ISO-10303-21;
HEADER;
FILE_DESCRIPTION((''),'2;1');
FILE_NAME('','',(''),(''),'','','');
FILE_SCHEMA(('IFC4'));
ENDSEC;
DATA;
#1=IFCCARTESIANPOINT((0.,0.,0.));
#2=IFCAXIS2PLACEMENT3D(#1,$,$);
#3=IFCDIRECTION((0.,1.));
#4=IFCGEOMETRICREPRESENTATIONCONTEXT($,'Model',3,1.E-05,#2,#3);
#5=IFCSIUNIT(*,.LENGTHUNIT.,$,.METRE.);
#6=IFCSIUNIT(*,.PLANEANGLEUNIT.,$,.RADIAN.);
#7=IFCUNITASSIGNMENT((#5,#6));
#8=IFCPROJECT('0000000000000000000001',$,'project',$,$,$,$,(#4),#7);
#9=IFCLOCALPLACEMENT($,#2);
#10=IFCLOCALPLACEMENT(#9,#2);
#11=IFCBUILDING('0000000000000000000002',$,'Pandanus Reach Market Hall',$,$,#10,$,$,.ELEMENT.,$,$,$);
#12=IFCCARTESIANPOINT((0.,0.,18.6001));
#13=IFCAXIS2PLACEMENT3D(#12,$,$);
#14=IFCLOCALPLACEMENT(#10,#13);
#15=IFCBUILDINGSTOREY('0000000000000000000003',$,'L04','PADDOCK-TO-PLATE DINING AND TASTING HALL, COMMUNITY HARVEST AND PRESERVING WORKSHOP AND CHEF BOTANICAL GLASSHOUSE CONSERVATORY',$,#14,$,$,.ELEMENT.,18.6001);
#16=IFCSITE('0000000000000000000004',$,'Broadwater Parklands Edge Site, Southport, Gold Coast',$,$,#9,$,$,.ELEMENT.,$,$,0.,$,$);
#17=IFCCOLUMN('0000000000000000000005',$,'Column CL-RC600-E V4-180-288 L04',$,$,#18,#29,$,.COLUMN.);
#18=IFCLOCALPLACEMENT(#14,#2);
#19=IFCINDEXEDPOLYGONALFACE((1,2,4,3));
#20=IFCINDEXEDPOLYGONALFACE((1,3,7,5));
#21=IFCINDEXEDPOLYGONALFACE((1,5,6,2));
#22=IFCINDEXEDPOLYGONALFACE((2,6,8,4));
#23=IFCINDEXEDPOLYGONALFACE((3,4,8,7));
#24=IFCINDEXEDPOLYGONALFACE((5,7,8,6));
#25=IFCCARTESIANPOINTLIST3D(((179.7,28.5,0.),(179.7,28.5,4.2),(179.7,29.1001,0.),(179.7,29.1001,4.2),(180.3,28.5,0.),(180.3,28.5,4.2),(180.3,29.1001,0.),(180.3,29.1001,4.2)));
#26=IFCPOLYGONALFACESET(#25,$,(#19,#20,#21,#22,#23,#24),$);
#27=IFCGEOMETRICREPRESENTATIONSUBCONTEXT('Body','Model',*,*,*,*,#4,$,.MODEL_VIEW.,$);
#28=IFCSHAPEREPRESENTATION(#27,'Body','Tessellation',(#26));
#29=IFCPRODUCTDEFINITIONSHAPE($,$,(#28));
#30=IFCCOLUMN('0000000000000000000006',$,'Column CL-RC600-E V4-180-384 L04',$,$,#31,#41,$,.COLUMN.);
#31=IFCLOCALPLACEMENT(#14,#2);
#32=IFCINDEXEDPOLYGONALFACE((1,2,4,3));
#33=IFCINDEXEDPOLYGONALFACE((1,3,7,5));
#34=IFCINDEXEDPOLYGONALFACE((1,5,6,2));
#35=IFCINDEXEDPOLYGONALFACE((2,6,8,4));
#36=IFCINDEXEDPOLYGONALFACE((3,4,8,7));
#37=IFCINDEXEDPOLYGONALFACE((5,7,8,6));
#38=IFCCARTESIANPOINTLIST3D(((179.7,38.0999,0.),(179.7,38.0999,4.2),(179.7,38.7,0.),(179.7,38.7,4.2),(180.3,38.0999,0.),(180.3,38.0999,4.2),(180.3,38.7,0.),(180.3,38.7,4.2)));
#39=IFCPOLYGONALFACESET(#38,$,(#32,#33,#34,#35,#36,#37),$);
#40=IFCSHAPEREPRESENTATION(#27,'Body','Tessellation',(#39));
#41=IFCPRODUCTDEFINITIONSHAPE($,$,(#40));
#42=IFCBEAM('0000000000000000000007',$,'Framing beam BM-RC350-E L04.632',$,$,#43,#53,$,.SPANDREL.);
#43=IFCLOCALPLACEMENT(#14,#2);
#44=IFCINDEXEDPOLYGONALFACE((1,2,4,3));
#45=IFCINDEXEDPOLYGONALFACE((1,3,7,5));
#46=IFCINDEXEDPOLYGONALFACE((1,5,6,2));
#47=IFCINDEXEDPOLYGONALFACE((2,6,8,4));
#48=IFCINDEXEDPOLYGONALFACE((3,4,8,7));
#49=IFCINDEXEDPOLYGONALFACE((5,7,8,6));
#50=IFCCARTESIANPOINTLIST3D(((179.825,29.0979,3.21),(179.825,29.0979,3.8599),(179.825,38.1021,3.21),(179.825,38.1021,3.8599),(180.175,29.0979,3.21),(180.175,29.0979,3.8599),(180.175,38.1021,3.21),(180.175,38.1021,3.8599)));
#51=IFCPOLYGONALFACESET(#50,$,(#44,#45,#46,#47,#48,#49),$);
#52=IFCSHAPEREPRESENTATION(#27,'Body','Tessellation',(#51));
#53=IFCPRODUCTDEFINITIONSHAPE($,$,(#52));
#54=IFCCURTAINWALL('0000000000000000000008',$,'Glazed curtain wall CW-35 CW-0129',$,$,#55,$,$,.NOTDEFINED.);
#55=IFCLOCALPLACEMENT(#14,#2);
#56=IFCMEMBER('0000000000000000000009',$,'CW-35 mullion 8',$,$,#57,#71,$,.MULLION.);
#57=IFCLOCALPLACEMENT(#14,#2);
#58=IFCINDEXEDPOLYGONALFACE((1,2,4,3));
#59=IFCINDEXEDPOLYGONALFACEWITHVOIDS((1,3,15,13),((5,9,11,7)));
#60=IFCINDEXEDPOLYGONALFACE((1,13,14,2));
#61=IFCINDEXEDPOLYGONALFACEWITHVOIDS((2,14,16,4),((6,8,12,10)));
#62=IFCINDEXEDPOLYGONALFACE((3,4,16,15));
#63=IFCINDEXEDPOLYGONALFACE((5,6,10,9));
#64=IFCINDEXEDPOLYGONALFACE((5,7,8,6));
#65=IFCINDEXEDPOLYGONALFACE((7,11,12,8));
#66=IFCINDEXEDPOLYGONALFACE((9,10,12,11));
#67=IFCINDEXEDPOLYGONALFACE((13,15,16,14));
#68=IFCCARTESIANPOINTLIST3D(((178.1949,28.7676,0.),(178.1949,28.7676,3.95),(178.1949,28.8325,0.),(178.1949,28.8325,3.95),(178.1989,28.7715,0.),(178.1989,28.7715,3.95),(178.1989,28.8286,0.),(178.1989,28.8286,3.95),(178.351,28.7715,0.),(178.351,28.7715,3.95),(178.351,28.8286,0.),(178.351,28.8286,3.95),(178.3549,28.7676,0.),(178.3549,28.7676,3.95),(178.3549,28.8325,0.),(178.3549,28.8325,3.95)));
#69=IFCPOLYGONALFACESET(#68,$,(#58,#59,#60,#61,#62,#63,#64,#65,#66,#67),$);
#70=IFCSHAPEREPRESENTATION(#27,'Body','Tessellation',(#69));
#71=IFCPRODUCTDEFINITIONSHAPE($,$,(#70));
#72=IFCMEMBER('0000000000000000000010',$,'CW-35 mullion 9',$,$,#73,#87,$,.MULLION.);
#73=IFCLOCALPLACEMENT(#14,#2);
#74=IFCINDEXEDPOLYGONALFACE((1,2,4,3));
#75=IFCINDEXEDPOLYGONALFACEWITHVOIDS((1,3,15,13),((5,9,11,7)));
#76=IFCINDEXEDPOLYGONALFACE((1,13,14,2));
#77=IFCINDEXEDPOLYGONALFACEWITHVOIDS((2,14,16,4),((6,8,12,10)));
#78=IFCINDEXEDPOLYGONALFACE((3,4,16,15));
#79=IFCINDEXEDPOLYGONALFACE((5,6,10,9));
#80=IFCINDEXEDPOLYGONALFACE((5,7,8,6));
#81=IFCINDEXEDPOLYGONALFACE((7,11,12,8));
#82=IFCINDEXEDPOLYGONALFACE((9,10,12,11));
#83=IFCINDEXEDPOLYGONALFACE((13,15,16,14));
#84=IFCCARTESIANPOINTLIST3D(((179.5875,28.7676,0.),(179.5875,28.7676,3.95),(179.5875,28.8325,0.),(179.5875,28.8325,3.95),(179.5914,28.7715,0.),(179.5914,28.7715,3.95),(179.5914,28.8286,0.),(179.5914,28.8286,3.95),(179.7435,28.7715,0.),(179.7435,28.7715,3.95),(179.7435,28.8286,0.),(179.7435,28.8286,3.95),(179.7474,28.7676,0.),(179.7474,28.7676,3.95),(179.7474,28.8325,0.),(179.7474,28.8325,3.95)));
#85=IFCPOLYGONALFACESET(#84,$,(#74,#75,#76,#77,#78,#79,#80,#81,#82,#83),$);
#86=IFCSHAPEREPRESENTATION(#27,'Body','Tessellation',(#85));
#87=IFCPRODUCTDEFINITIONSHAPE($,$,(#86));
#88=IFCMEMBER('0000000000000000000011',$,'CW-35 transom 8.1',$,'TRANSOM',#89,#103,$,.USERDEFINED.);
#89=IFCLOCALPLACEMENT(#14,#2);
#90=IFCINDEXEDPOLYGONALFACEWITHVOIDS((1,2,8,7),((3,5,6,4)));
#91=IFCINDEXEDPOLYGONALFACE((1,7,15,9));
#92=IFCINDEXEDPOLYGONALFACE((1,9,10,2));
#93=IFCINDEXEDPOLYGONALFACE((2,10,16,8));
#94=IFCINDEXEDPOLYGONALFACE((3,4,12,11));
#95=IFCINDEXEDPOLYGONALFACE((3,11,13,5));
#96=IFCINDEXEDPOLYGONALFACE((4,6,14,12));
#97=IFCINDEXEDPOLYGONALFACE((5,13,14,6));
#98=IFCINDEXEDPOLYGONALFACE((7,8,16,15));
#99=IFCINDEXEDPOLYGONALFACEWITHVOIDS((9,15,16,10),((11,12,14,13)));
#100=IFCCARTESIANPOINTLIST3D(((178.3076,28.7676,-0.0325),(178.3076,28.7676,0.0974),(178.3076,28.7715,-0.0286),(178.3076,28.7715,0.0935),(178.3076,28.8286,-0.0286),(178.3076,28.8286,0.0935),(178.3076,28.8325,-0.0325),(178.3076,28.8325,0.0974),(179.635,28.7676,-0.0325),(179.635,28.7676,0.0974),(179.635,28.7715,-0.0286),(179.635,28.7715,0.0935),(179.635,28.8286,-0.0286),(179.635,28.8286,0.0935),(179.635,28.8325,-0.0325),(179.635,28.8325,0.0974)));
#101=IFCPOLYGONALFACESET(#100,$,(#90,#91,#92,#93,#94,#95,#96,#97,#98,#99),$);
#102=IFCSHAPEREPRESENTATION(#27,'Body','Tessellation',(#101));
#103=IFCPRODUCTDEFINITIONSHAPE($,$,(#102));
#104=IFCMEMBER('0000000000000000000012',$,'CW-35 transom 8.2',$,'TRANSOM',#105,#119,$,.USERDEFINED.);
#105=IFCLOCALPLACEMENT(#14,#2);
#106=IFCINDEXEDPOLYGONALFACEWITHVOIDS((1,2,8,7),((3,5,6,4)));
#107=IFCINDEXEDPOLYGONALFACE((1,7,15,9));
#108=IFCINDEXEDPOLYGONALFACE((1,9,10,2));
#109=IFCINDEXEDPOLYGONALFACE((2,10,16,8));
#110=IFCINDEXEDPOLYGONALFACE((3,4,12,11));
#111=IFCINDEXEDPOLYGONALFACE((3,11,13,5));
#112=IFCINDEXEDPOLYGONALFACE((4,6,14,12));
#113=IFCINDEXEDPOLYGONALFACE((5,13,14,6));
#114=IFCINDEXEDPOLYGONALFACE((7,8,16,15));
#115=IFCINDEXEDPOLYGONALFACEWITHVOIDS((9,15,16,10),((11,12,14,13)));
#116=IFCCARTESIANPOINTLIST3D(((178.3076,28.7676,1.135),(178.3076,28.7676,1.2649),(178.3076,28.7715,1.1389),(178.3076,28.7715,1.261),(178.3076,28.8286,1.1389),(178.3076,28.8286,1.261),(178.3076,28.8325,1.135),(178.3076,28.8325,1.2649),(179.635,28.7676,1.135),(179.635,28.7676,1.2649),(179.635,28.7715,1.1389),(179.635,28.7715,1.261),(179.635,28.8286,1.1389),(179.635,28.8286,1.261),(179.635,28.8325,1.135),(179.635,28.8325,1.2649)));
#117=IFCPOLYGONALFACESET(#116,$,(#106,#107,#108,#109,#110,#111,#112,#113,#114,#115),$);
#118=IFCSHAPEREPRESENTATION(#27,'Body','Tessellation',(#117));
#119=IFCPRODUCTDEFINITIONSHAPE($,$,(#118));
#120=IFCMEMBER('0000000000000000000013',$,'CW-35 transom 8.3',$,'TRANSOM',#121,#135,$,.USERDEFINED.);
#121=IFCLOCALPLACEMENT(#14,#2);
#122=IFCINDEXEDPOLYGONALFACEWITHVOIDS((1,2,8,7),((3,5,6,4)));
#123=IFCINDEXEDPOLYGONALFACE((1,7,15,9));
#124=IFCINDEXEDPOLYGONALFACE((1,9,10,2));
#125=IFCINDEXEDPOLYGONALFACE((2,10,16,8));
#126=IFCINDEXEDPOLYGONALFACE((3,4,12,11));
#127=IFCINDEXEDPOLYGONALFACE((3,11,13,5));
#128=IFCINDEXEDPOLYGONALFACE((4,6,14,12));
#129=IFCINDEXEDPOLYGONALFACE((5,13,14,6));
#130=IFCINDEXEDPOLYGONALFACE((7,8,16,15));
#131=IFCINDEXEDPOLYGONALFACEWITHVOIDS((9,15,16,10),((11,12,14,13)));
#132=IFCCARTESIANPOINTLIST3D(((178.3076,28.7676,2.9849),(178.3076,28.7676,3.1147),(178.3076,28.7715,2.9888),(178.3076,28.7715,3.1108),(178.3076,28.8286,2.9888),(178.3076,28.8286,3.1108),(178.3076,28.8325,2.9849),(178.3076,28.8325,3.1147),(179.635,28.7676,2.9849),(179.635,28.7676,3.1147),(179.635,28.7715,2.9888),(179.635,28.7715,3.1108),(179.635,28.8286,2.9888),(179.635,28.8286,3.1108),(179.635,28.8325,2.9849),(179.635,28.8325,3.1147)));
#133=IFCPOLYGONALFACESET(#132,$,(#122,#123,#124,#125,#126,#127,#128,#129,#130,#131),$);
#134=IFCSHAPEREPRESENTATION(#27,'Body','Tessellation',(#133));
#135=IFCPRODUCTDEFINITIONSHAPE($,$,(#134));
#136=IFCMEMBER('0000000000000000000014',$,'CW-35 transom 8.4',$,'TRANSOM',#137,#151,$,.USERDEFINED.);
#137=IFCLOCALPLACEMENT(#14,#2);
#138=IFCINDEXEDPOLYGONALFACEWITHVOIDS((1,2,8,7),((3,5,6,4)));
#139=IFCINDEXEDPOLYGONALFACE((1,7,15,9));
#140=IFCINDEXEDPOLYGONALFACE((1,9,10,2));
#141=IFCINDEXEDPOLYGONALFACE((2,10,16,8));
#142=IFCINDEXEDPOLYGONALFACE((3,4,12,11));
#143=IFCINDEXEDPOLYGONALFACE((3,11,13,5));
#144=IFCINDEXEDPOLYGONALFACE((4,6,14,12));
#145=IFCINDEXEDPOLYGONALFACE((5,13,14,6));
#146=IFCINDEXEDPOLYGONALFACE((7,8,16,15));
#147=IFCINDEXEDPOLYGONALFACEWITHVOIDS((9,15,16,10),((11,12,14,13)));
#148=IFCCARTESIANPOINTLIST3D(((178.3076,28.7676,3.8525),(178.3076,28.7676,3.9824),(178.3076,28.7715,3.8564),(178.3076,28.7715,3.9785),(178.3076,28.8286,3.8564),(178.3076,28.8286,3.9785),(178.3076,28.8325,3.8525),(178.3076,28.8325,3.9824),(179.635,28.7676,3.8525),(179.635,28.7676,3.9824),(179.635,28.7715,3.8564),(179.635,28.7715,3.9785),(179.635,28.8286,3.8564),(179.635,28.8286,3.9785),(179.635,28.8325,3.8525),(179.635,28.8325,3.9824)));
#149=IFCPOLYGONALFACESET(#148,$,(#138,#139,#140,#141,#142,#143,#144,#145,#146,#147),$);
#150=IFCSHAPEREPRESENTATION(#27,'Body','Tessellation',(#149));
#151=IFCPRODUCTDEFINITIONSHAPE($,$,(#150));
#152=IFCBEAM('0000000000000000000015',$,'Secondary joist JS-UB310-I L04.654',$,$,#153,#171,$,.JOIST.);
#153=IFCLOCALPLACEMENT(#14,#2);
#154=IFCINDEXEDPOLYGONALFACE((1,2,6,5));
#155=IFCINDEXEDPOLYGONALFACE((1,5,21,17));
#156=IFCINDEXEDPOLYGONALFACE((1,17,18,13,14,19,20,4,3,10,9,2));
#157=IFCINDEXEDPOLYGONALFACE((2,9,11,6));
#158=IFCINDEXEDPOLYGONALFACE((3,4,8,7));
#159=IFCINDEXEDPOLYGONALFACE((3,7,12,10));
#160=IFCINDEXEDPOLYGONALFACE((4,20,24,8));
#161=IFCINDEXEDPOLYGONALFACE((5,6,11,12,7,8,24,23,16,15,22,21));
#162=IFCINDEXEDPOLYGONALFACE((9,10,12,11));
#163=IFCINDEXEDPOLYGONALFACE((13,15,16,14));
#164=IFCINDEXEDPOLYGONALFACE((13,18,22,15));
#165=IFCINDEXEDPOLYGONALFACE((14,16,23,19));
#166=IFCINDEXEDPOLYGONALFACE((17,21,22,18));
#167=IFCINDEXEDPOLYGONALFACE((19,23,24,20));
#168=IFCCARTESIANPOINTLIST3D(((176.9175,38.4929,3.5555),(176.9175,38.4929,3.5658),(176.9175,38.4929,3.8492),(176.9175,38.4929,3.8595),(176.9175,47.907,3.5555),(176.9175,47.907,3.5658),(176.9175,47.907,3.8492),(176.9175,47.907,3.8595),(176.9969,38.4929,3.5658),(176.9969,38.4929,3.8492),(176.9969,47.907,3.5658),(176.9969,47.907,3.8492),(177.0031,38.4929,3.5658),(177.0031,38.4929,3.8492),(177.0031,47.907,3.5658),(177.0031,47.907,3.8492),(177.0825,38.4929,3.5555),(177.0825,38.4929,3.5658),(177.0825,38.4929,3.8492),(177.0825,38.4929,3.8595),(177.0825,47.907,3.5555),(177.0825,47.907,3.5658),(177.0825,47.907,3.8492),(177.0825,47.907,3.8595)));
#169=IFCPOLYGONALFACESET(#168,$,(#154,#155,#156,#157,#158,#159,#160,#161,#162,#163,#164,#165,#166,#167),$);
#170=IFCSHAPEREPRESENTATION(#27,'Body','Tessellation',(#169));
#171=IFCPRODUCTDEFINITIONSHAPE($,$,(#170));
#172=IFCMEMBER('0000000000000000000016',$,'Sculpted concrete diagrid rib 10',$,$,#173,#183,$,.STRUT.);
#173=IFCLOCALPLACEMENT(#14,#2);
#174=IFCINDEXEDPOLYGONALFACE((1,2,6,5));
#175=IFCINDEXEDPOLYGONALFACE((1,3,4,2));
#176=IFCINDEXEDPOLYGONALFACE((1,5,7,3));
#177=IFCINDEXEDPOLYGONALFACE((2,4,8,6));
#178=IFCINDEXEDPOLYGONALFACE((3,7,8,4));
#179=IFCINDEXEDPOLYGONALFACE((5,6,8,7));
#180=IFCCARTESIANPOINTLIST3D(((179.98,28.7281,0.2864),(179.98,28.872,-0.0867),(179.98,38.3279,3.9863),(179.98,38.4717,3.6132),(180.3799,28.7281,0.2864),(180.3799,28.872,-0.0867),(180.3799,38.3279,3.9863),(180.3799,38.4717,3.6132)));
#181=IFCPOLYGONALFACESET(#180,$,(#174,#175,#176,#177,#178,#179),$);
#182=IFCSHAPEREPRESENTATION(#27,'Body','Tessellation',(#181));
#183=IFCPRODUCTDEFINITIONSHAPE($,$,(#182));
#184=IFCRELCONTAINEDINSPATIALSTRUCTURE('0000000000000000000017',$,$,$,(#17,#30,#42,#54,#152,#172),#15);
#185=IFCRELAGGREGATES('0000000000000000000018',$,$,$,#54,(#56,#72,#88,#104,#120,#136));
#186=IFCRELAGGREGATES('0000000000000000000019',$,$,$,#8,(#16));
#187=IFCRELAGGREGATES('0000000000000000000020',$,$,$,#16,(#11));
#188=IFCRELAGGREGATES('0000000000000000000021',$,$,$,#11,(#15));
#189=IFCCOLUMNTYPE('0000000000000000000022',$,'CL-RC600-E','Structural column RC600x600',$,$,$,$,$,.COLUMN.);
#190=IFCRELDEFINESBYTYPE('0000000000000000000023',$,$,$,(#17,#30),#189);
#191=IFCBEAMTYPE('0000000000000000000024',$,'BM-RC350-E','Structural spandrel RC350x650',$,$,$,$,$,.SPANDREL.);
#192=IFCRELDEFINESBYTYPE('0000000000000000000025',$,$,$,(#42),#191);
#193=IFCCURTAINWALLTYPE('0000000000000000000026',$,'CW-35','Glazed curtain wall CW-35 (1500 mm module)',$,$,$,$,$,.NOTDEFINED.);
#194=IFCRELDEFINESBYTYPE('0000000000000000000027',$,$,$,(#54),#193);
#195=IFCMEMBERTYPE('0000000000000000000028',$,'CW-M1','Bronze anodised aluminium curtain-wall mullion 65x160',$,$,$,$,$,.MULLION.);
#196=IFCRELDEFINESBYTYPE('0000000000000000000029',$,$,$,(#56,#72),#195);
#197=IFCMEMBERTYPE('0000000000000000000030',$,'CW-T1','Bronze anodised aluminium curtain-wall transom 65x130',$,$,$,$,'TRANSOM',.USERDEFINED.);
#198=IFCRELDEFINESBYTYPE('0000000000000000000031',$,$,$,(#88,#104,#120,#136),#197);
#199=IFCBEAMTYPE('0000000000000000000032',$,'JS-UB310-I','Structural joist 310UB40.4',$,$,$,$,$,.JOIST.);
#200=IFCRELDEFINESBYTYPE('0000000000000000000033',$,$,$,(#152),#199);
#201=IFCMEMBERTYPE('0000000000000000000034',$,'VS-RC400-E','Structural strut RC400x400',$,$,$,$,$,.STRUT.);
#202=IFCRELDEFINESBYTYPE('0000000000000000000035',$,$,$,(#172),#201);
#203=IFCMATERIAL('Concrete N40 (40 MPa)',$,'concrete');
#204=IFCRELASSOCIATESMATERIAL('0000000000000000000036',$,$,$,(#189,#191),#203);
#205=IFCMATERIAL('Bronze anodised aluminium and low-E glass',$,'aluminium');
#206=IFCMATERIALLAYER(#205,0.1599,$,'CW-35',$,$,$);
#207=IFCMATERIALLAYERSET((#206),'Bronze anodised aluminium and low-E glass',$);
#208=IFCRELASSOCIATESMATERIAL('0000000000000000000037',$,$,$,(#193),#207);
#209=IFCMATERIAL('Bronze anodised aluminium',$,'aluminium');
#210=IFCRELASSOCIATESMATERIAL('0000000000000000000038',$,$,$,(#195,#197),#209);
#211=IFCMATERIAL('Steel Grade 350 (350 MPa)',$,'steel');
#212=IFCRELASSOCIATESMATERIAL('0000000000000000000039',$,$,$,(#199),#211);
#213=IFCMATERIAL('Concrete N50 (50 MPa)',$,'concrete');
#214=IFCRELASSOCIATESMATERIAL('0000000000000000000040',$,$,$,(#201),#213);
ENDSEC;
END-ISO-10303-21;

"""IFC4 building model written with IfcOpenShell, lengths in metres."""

from ifc_helpers import new_model, si_unit, direction, frame, origin, origin_2d, place, context, subcontext, project, spatial, rectangle, hollow_rectangle, i_section, extrude, material, layer, layer_set, material_profile, profile_set, type_object, element, aggregate, save


model = new_model("IFC4")

# Units and contexts
model_context = context("Model", 3, precision=1e-05, world=origin(), true_north=direction((0.0, 1.0)))
body_context = subcontext(model_context, "Body", "Model", "MODEL_VIEW")
ifc_project = project(units=[si_unit("LENGTHUNIT", "METRE"), si_unit("PLANEANGLEUNIT", "RADIAN")], contexts=[model_context])

# Site, building, storey
site_placement = place(None, origin())
site = spatial("IfcSite", under=ifc_project, at=site_placement, Name="Broadwater Parklands Edge Site, Southport, Gold Coast", CompositionType="ELEMENT", RefElevation=0.0)
building_placement = place(site_placement, origin())
building = spatial("IfcBuilding", under=site, at=building_placement, Name="Pandanus Reach Market Hall", CompositionType="ELEMENT")
storey_placement = place(building_placement, frame((0.0, 0.0, 18.6001)))
storey = spatial("IfcBuildingStorey", under=building, at=storey_placement, Name="L04", Description="PADDOCK-TO-PLATE DINING AND TASTING HALL, COMMUNITY HARVEST AND PRESERVING WORKSHOP AND CHEF BOTANICAL GLASSHOUSE CONSERVATORY", CompositionType="ELEMENT", Elevation=18.6001)

# Columns
ifc_material_1 = material(Name="Concrete N40 (40 MPa)", Category="concrete")
ifc_material_profile_1 = material_profile(ifc_material_1, rectangle(XDim=0.6001, YDim=0.6001, at=origin_2d()), Name="RC600x600", Category="LoadBearing")
ifc_profile_set_1 = profile_set([ifc_material_profile_1], Name="Concrete N40 (40 MPa)")
column_type = type_object("IfcColumnType", Name="CL-RC600-E", Description="Structural column RC600x600", PredefinedType="COLUMN", material=ifc_profile_set_1)
for number, where, z_axis, x_axis, name in (
    (1, (180.0, 28.8, 0.0), (0.0, 0.0, 1.0), (1.0, 0.0, 0.0), "Column CL-RC600-E V4-180-288 L04"),
    (2, (180.0, 38.3999, 0.0), (0.0, 0.0, 1.0), (1.0, 0.0, 0.0), "Column CL-RC600-E V4-180-384 L04"),
):
    element("IfcColumn", number, at=place(storey_placement, frame(where, z_axis=z_axis, x_axis=x_axis)), inside=storey, type_object=column_type, Name=name, PredefinedType="COLUMN", context=body_context, shape_type="SweptSolid", body=[
        extrude(rectangle(XDim=0.6001, YDim=0.6001, at=origin_2d()), origin(), (0.0, 0.0, 1.0), 4.2),
    ])

# Beam
ifc_material_profile_2 = material_profile(ifc_material_1, rectangle(XDim=0.3501, YDim=0.6499, at=origin_2d()), Name="RC350x650", Category="LoadBearing")
ifc_profile_set_2 = profile_set([ifc_material_profile_2], Name="Concrete N40 (40 MPa)")
beam_type_1 = type_object("IfcBeamType", Name="BM-RC350-E", Description="Structural spandrel RC350x650", PredefinedType="SPANDREL", material=ifc_profile_set_2)
beam_1_placement = place(storey_placement, frame((180.0, 29.0979, 3.5349), z_axis=(0.0, 1.0, 0.0), x_axis=(-1.0, 0.0, 0.0)))
element("IfcBeam", 3, at=beam_1_placement, inside=storey, type_object=beam_type_1, Name="Framing beam BM-RC350-E L04.632", PredefinedType="SPANDREL", context=body_context, shape_type="SweptSolid", body=[
    extrude(rectangle(XDim=0.3501, YDim=0.6499, at=origin_2d()), origin(), (0.0, 0.0, 1.0), 9.0042),
])

# Curtain wall, members
ifc_material_2 = material(Name="Bronze anodised aluminium and low-E glass", Category="aluminium")
ifc_layer_1 = layer(ifc_material_2, 0.1599, Name="CW-35")
ifc_layer_set_1 = layer_set([ifc_layer_1], Name="Bronze anodised aluminium and low-E glass")
curtain_wall_type = type_object("IfcCurtainWallType", Name="CW-35", Description="Glazed curtain wall CW-35 (1500 mm module)", PredefinedType="NOTDEFINED", material=ifc_layer_set_1)
curtain_wall_placement = place(storey_placement, origin())
curtain_wall = element("IfcCurtainWall", 4, at=curtain_wall_placement, inside=storey, type_object=curtain_wall_type, Name="Glazed curtain wall CW-35 CW-0129", PredefinedType="NOTDEFINED")
ifc_material_3 = material(Name="Bronze anodised aluminium", Category="aluminium")
ifc_material_profile_3 = material_profile(ifc_material_3, hollow_rectangle(XDim=0.0649, YDim=0.1599, WallThickness=0.0039, at=origin_2d()), Name="ALU65x160", Category="LoadBearing")
ifc_profile_set_3 = profile_set([ifc_material_profile_3], Name="Bronze anodised aluminium")
member_type_1 = type_object("IfcMemberType", Name="CW-M1", Description="Bronze anodised aluminium curtain-wall mullion 65x160", PredefinedType="MULLION", material=ifc_profile_set_3)
member_1_placement = place(storey_placement, frame((178.2749, 28.8, 0.0), z_axis=(0.0, 0.0, 1.0), x_axis=(0.0, 1.0, 0.0)))
member_1 = element("IfcMember", 5, at=member_1_placement, type_object=member_type_1, Name="CW-35 mullion 8", PredefinedType="MULLION", context=body_context, shape_type="SweptSolid", body=[
    extrude(hollow_rectangle(XDim=0.0649, YDim=0.1599, WallThickness=0.0039, at=origin_2d()), origin(), (0.0, 0.0, 1.0), 3.95),
])
member_2_placement = place(storey_placement, frame((179.6675, 28.8, 0.0), z_axis=(0.0, 0.0, 1.0), x_axis=(0.0, 1.0, 0.0)))
member_2 = element("IfcMember", 6, at=member_2_placement, type_object=member_type_1, Name="CW-35 mullion 9", PredefinedType="MULLION", context=body_context, shape_type="SweptSolid", body=[
    extrude(hollow_rectangle(XDim=0.0649, YDim=0.1599, WallThickness=0.0039, at=origin_2d()), origin(), (0.0, 0.0, 1.0), 3.95),
])
ifc_material_profile_4 = material_profile(ifc_material_3, hollow_rectangle(XDim=0.0649, YDim=0.1299, WallThickness=0.0039, at=origin_2d()), Name="ALU65x130", Category="LoadBearing")
ifc_profile_set_4 = profile_set([ifc_material_profile_4], Name="Bronze anodised aluminium")
member_type_2 = type_object("IfcMemberType", Name="CW-T1", Description="Bronze anodised aluminium curtain-wall transom 65x130", ElementType="TRANSOM", PredefinedType="USERDEFINED", material=ifc_profile_set_4)
member_3_placement = place(storey_placement, frame((178.3076, 28.8, 0.0325), z_axis=(1.0, 0.0, 0.0), x_axis=(0.0, 1.0, 0.0)))
member_3 = element("IfcMember", 7, at=member_3_placement, type_object=member_type_2, Name="CW-35 transom 8.1", ObjectType="TRANSOM", PredefinedType="USERDEFINED", context=body_context, shape_type="SweptSolid", body=[
    extrude(hollow_rectangle(XDim=0.0649, YDim=0.1299, WallThickness=0.0039, at=origin_2d()), origin(), (0.0, 0.0, 1.0), 1.3274),
])
member_4_placement = place(storey_placement, frame((178.3076, 28.8, 1.2), z_axis=(1.0, 0.0, 0.0), x_axis=(0.0, 1.0, 0.0)))
member_4 = element("IfcMember", 8, at=member_4_placement, type_object=member_type_2, Name="CW-35 transom 8.2", ObjectType="TRANSOM", PredefinedType="USERDEFINED", context=body_context, shape_type="SweptSolid", body=[
    extrude(hollow_rectangle(XDim=0.0649, YDim=0.1299, WallThickness=0.0039, at=origin_2d()), origin(), (0.0, 0.0, 1.0), 1.3274),
])
member_5_placement = place(storey_placement, frame((178.3076, 28.8, 3.0498), z_axis=(1.0, 0.0, 0.0), x_axis=(0.0, 1.0, 0.0)))
member_5 = element("IfcMember", 9, at=member_5_placement, type_object=member_type_2, Name="CW-35 transom 8.3", ObjectType="TRANSOM", PredefinedType="USERDEFINED", context=body_context, shape_type="SweptSolid", body=[
    extrude(hollow_rectangle(XDim=0.0649, YDim=0.1299, WallThickness=0.0039, at=origin_2d()), origin(), (0.0, 0.0, 1.0), 1.3274),
])
member_6_placement = place(storey_placement, frame((178.3076, 28.8, 3.9175), z_axis=(1.0, 0.0, 0.0), x_axis=(0.0, 1.0, 0.0)))
member_6 = element("IfcMember", 10, at=member_6_placement, type_object=member_type_2, Name="CW-35 transom 8.4", ObjectType="TRANSOM", PredefinedType="USERDEFINED", context=body_context, shape_type="SweptSolid", body=[
    extrude(hollow_rectangle(XDim=0.0649, YDim=0.1299, WallThickness=0.0039, at=origin_2d()), origin(), (0.0, 0.0, 1.0), 1.3274),
])

# Beam
ifc_material_4 = material(Name="Steel Grade 350 (350 MPa)", Category="steel")
ifc_material_profile_5 = material_profile(ifc_material_4, i_section(OverallWidth=0.165, OverallDepth=0.304, WebThickness=0.0061, FlangeThickness=0.0103, at=origin_2d()), Name="310UB40.4", Category="LoadBearing")
ifc_profile_set_5 = profile_set([ifc_material_profile_5], Name="Steel Grade 350 (350 MPa)")
beam_type_2 = type_object("IfcBeamType", Name="JS-UB310-I", Description="Structural joist 310UB40.4", PredefinedType="JOIST", material=ifc_profile_set_5)
beam_2_placement = place(storey_placement, frame((177.0, 38.4929, 3.7075), z_axis=(0.0, 1.0, 0.0), x_axis=(-1.0, 0.0, 0.0)))
element("IfcBeam", 11, at=beam_2_placement, inside=storey, type_object=beam_type_2, Name="Secondary joist JS-UB310-I L04.654", PredefinedType="JOIST", context=body_context, shape_type="SweptSolid", body=[
    extrude(i_section(OverallWidth=0.165, OverallDepth=0.304, WebThickness=0.0061, FlangeThickness=0.0103, at=origin_2d()), origin(), (0.0, 0.0, 1.0), 9.4141),
])

# Member
ifc_material_5 = material(Name="Concrete N50 (50 MPa)", Category="concrete")
ifc_material_profile_6 = material_profile(ifc_material_5, rectangle(XDim=0.3999, YDim=0.3999, at=origin_2d()), Name="RC400x400", Category="LoadBearing")
ifc_profile_set_6 = profile_set([ifc_material_profile_6], Name="Concrete N50 (50 MPa)")
member_type_3 = type_object("IfcMemberType", Name="VS-RC400-E", Description="Structural strut RC400x400", PredefinedType="STRUT", material=ifc_profile_set_6)
member_7_placement = place(storey_placement, frame((180.1799, 28.8, 0.0999), z_axis=(0.0, 0.933095, 0.359631), x_axis=(-1.0, 0.0, 0.0)))
element("IfcMember", 12, at=member_7_placement, inside=storey, type_object=member_type_3, Name="Sculpted concrete diagrid rib 10", PredefinedType="STRUT", context=body_context, shape_type="SweptSolid", body=[
    extrude(rectangle(XDim=0.3999, YDim=0.3999, at=origin_2d()), origin(), (0.0, 0.0, 1.0), 10.2881),
])

aggregate(curtain_wall, [member_1, member_2, member_3, member_4, member_5, member_6])

save(model, "model.ifc")
